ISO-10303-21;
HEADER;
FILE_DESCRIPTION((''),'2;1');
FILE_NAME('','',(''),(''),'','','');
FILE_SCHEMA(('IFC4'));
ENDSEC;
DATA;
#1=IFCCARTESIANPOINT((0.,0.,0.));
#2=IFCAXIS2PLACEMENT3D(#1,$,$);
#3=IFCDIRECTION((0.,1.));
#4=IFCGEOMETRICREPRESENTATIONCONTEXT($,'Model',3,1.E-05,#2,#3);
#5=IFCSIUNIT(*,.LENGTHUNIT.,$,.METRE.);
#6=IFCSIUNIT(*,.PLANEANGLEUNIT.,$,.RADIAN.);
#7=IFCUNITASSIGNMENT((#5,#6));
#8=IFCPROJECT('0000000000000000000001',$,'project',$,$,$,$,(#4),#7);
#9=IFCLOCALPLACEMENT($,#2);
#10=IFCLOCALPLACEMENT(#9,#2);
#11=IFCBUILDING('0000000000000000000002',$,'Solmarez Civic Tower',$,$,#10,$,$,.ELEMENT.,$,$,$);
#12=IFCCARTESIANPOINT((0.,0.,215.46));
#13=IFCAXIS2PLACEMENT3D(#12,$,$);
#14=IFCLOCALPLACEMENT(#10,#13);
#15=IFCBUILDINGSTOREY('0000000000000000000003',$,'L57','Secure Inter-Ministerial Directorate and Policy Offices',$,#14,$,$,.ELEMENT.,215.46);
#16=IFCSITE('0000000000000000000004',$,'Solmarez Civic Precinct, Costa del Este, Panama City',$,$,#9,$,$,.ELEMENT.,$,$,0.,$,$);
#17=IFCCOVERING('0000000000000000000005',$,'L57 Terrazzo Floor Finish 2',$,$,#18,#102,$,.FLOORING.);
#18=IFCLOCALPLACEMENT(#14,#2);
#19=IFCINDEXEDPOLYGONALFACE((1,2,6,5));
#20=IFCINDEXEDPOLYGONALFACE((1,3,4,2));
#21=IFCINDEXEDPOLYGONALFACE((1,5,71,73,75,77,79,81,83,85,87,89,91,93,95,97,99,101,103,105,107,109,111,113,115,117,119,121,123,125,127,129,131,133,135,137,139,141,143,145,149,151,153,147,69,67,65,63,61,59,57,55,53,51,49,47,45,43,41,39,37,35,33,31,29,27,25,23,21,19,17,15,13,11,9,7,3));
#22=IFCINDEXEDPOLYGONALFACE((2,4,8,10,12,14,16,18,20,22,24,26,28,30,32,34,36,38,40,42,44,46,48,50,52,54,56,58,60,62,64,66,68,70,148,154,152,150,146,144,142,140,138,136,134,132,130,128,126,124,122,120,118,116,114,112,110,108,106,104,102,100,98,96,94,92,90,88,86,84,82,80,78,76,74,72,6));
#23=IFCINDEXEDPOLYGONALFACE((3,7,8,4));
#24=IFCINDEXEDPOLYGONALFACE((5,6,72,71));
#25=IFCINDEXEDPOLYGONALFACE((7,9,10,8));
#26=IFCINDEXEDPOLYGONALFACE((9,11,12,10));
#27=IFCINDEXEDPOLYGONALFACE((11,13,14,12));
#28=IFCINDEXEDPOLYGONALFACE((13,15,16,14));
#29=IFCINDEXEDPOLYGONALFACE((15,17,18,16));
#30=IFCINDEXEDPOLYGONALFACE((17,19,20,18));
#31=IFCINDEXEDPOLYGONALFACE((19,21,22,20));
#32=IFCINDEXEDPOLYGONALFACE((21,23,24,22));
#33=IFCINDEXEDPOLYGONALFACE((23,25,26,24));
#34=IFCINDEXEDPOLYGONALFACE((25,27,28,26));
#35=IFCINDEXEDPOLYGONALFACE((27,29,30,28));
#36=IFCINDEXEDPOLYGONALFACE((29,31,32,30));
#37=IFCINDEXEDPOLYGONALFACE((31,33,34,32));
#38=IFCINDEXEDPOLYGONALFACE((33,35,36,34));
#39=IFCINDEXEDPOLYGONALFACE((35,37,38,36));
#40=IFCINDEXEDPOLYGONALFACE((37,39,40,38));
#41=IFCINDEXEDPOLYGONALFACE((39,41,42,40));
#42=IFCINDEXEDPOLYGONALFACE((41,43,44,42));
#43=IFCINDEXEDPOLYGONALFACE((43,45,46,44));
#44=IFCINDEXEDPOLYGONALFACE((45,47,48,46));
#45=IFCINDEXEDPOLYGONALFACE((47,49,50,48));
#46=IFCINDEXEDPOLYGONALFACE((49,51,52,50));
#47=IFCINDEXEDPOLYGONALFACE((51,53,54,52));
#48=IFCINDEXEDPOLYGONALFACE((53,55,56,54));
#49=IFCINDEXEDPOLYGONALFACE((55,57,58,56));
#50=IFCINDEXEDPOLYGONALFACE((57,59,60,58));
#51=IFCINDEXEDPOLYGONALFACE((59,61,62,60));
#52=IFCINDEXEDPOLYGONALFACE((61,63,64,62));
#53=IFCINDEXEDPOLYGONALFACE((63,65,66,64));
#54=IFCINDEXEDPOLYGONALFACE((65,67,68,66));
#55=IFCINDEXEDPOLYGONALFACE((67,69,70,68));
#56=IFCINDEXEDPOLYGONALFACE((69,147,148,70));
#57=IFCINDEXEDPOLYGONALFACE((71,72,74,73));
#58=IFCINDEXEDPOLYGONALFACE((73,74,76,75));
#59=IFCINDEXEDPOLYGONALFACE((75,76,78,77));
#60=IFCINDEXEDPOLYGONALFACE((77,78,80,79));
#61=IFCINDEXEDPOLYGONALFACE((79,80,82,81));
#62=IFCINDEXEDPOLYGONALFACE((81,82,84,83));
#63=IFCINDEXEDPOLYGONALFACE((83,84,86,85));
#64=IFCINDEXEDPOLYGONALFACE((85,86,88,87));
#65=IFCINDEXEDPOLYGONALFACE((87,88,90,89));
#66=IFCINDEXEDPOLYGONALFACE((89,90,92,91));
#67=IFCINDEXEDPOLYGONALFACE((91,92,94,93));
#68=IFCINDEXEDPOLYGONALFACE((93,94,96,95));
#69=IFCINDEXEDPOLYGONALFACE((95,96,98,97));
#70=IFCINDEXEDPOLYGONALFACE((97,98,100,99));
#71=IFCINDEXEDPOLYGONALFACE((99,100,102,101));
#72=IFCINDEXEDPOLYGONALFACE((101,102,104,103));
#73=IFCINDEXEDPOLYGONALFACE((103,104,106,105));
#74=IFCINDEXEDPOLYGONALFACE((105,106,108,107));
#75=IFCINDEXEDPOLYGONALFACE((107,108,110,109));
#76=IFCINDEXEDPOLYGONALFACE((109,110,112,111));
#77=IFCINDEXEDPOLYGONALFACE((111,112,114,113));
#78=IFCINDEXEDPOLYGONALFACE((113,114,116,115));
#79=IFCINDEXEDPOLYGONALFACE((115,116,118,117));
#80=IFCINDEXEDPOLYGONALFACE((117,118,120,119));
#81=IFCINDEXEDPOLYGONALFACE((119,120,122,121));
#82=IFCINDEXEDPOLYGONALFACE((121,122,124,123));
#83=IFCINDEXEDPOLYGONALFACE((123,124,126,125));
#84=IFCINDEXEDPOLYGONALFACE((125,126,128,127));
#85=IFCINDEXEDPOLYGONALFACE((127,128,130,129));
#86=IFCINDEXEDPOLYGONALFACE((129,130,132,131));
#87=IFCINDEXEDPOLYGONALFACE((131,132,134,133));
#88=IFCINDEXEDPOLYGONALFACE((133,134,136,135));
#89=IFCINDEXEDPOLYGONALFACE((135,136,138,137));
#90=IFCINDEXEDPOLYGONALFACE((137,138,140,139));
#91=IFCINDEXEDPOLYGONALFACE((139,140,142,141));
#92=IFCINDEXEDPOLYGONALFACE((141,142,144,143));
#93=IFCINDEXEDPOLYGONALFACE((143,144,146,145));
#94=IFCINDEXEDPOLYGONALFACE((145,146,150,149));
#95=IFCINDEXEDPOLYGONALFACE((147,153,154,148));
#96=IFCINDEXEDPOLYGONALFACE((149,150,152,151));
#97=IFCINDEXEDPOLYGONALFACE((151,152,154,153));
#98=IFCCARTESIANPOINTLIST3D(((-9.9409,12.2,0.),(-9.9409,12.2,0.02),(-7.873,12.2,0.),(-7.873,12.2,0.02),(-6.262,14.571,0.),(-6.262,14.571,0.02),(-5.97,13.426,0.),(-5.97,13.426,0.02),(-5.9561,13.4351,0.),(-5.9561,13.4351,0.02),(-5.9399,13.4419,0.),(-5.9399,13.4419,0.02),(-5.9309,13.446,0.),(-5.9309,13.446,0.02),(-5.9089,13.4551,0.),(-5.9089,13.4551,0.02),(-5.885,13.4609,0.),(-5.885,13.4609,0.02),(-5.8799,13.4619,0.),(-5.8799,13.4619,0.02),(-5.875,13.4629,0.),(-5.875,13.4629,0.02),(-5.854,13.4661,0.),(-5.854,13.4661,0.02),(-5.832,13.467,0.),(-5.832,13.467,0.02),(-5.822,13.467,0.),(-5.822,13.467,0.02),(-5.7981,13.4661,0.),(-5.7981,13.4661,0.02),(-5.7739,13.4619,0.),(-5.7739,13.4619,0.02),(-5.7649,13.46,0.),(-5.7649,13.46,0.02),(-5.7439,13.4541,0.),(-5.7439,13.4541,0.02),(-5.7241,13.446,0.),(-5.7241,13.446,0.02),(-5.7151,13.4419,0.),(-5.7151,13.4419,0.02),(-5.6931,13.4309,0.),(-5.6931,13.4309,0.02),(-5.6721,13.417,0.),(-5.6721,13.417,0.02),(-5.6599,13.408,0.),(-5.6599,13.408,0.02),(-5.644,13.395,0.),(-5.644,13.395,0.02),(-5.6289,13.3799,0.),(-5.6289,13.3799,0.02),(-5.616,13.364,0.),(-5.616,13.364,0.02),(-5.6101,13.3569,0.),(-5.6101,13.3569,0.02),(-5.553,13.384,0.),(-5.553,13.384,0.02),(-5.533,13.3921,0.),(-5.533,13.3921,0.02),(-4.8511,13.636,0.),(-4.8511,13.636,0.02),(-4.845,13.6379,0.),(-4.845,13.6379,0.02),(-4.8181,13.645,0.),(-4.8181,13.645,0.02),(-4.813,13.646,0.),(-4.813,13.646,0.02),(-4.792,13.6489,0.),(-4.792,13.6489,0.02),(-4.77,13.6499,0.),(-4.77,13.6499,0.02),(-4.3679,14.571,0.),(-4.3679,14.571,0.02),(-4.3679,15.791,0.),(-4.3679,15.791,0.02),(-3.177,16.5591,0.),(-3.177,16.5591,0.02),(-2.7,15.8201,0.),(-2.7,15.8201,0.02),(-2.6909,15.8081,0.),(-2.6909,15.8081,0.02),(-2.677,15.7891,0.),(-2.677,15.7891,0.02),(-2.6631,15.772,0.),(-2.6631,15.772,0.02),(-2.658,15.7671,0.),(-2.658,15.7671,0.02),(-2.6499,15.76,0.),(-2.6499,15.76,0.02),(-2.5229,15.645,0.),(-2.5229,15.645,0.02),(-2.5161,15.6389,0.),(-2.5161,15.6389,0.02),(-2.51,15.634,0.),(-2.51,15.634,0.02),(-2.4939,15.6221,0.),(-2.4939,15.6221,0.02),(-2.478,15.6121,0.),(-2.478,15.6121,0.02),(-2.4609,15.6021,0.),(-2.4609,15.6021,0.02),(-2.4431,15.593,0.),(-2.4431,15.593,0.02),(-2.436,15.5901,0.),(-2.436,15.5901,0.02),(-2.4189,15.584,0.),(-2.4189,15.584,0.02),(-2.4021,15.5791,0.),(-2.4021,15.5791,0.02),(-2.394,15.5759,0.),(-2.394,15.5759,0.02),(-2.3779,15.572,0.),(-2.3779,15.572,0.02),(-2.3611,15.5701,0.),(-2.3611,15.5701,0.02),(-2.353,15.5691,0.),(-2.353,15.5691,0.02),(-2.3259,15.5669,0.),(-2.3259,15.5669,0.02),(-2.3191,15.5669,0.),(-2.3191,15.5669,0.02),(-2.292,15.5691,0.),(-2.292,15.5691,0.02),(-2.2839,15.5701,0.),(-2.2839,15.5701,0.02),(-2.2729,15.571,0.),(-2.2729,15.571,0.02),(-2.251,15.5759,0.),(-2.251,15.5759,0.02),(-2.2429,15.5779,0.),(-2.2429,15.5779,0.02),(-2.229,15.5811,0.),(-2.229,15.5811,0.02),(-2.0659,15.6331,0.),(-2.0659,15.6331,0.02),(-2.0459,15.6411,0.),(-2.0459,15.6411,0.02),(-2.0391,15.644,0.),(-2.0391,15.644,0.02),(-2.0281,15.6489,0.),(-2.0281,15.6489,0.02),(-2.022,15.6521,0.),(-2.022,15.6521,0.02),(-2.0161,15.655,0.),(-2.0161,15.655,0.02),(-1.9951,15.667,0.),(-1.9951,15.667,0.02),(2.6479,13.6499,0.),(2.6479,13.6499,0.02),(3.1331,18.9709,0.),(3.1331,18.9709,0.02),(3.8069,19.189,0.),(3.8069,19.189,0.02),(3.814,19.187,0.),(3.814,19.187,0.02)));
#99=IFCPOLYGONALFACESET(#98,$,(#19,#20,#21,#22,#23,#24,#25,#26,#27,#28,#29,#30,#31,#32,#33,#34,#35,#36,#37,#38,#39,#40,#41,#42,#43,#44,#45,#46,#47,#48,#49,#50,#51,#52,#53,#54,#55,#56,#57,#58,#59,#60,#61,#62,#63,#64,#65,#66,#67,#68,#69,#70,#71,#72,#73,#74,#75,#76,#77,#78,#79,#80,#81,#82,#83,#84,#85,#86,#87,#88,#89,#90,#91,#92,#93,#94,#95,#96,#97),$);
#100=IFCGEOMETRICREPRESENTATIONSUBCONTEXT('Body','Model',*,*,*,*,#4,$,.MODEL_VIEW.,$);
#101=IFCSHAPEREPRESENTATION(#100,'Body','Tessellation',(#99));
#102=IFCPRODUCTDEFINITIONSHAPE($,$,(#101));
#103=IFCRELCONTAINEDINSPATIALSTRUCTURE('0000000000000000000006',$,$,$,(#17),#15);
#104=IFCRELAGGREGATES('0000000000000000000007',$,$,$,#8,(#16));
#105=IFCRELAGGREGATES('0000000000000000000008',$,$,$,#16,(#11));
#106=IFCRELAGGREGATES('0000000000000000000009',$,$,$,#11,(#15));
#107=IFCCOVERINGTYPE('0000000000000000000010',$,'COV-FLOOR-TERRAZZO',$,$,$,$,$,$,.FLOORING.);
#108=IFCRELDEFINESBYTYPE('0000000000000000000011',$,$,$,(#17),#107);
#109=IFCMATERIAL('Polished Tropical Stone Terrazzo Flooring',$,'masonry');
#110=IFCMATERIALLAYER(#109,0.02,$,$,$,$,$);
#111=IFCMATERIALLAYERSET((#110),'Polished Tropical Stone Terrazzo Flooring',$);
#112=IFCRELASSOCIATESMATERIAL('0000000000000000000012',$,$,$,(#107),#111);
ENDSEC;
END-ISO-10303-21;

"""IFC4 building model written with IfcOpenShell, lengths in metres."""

from ifc_helpers import new_model, si_unit, direction, frame, origin, place, context, subcontext, project, spatial, polyline, outline, extrude, material, layer, layer_set, type_object, element, save


model = new_model("IFC4")

# Units and contexts
model_context = context("Model", 3, precision=1e-05, world=origin(), true_north=direction((0.0, 1.0)))
body_context = subcontext(model_context, "Body", "Model", "MODEL_VIEW")
ifc_project = project(units=[si_unit("LENGTHUNIT", "METRE"), si_unit("PLANEANGLEUNIT", "RADIAN")], contexts=[model_context])

# Site, building, storey
site_placement = place(None, origin())
site = spatial("IfcSite", under=ifc_project, at=site_placement, Name="Solmarez Civic Precinct, Costa del Este, Panama City", CompositionType="ELEMENT", RefElevation=0.0)
building_placement = place(site_placement, origin())
building = spatial("IfcBuilding", under=site, at=building_placement, Name="Solmarez Civic Tower", CompositionType="ELEMENT")
storey_placement = place(building_placement, frame((0.0, 0.0, 215.46)))
storey = spatial("IfcBuildingStorey", under=building, at=storey_placement, Name="L57", Description="Secure Inter-Ministerial Directorate and Policy Offices", CompositionType="ELEMENT", Elevation=215.46)

# Covering
ifc_material_1 = material(Name="Polished Tropical Stone Terrazzo Flooring", Category="masonry")
ifc_layer_1 = layer(ifc_material_1, 0.02)
ifc_layer_set_1 = layer_set([ifc_layer_1], Name="Polished Tropical Stone Terrazzo Flooring")
covering_type_1 = type_object("IfcCoveringType", Name="COV-FLOOR-TERRAZZO", PredefinedType="FLOORING", material=ifc_layer_set_1)
covering_1_placement = place(storey_placement, origin())
element("IfcCovering", 1, at=covering_1_placement, inside=storey, type_object=covering_type_1, Name="L57 Terrazzo Floor Finish 2", PredefinedType="FLOORING", context=body_context, shape_type="SweptSolid", body=[
    extrude(outline(polyline([(-9.9409, 12.2), (-7.873, 12.2), (-5.97, 13.426), (-5.9561, 13.4351), (-5.9399, 13.4419), (-5.9309, 13.446), (-5.9089, 13.4551), (-5.885, 13.4609), (-5.8799, 13.4619), (-5.875, 13.4629), (-5.854, 13.4661), (-5.832, 13.467), (-5.822, 13.467), (-5.7981, 13.4661), (-5.7739, 13.4619), (-5.7649, 13.46), (-5.7439, 13.4541), (-5.7241, 13.446), (-5.7151, 13.4419), (-5.6931, 13.4309), (-5.6721, 13.417), (-5.6599, 13.408), (-5.644, 13.395), (-5.6289, 13.3799), (-5.616, 13.364), (-5.6101, 13.3569), (-5.553, 13.384), (-5.533, 13.3921), (-4.8511, 13.636), (-4.845, 13.6379), (-4.8181, 13.645), (-4.813, 13.646), (-4.792, 13.6489), (-4.77, 13.6499), (2.6479, 13.6499), (3.814, 19.187), (3.8069, 19.189), (3.1331, 18.9709), (-1.9951, 15.667), (-2.0161, 15.655), (-2.022, 15.6521), (-2.0281, 15.6489), (-2.0391, 15.644), (-2.0459, 15.6411), (-2.0659, 15.6331), (-2.229, 15.5811), (-2.2429, 15.5779), (-2.251, 15.5759), (-2.2729, 15.571), (-2.2839, 15.5701), (-2.292, 15.5691), (-2.3191, 15.5669), (-2.3259, 15.5669), (-2.353, 15.5691), (-2.3611, 15.5701), (-2.3779, 15.572), (-2.394, 15.5759), (-2.4021, 15.5791), (-2.4189, 15.584), (-2.436, 15.5901), (-2.4431, 15.593), (-2.4609, 15.6021), (-2.478, 15.6121), (-2.4939, 15.6221), (-2.51, 15.634), (-2.5161, 15.6389), (-2.5229, 15.645), (-2.6499, 15.76), (-2.658, 15.7671), (-2.6631, 15.772), (-2.677, 15.7891), (-2.6909, 15.8081), (-2.7, 15.8201), (-3.177, 16.5591), (-4.3679, 15.791), (-4.3679, 14.571), (-6.262, 14.571), (-9.9409, 12.2)])), origin(), (0.0, 0.0, 1.0), 0.02),
])

save(model, "model.ifc")
